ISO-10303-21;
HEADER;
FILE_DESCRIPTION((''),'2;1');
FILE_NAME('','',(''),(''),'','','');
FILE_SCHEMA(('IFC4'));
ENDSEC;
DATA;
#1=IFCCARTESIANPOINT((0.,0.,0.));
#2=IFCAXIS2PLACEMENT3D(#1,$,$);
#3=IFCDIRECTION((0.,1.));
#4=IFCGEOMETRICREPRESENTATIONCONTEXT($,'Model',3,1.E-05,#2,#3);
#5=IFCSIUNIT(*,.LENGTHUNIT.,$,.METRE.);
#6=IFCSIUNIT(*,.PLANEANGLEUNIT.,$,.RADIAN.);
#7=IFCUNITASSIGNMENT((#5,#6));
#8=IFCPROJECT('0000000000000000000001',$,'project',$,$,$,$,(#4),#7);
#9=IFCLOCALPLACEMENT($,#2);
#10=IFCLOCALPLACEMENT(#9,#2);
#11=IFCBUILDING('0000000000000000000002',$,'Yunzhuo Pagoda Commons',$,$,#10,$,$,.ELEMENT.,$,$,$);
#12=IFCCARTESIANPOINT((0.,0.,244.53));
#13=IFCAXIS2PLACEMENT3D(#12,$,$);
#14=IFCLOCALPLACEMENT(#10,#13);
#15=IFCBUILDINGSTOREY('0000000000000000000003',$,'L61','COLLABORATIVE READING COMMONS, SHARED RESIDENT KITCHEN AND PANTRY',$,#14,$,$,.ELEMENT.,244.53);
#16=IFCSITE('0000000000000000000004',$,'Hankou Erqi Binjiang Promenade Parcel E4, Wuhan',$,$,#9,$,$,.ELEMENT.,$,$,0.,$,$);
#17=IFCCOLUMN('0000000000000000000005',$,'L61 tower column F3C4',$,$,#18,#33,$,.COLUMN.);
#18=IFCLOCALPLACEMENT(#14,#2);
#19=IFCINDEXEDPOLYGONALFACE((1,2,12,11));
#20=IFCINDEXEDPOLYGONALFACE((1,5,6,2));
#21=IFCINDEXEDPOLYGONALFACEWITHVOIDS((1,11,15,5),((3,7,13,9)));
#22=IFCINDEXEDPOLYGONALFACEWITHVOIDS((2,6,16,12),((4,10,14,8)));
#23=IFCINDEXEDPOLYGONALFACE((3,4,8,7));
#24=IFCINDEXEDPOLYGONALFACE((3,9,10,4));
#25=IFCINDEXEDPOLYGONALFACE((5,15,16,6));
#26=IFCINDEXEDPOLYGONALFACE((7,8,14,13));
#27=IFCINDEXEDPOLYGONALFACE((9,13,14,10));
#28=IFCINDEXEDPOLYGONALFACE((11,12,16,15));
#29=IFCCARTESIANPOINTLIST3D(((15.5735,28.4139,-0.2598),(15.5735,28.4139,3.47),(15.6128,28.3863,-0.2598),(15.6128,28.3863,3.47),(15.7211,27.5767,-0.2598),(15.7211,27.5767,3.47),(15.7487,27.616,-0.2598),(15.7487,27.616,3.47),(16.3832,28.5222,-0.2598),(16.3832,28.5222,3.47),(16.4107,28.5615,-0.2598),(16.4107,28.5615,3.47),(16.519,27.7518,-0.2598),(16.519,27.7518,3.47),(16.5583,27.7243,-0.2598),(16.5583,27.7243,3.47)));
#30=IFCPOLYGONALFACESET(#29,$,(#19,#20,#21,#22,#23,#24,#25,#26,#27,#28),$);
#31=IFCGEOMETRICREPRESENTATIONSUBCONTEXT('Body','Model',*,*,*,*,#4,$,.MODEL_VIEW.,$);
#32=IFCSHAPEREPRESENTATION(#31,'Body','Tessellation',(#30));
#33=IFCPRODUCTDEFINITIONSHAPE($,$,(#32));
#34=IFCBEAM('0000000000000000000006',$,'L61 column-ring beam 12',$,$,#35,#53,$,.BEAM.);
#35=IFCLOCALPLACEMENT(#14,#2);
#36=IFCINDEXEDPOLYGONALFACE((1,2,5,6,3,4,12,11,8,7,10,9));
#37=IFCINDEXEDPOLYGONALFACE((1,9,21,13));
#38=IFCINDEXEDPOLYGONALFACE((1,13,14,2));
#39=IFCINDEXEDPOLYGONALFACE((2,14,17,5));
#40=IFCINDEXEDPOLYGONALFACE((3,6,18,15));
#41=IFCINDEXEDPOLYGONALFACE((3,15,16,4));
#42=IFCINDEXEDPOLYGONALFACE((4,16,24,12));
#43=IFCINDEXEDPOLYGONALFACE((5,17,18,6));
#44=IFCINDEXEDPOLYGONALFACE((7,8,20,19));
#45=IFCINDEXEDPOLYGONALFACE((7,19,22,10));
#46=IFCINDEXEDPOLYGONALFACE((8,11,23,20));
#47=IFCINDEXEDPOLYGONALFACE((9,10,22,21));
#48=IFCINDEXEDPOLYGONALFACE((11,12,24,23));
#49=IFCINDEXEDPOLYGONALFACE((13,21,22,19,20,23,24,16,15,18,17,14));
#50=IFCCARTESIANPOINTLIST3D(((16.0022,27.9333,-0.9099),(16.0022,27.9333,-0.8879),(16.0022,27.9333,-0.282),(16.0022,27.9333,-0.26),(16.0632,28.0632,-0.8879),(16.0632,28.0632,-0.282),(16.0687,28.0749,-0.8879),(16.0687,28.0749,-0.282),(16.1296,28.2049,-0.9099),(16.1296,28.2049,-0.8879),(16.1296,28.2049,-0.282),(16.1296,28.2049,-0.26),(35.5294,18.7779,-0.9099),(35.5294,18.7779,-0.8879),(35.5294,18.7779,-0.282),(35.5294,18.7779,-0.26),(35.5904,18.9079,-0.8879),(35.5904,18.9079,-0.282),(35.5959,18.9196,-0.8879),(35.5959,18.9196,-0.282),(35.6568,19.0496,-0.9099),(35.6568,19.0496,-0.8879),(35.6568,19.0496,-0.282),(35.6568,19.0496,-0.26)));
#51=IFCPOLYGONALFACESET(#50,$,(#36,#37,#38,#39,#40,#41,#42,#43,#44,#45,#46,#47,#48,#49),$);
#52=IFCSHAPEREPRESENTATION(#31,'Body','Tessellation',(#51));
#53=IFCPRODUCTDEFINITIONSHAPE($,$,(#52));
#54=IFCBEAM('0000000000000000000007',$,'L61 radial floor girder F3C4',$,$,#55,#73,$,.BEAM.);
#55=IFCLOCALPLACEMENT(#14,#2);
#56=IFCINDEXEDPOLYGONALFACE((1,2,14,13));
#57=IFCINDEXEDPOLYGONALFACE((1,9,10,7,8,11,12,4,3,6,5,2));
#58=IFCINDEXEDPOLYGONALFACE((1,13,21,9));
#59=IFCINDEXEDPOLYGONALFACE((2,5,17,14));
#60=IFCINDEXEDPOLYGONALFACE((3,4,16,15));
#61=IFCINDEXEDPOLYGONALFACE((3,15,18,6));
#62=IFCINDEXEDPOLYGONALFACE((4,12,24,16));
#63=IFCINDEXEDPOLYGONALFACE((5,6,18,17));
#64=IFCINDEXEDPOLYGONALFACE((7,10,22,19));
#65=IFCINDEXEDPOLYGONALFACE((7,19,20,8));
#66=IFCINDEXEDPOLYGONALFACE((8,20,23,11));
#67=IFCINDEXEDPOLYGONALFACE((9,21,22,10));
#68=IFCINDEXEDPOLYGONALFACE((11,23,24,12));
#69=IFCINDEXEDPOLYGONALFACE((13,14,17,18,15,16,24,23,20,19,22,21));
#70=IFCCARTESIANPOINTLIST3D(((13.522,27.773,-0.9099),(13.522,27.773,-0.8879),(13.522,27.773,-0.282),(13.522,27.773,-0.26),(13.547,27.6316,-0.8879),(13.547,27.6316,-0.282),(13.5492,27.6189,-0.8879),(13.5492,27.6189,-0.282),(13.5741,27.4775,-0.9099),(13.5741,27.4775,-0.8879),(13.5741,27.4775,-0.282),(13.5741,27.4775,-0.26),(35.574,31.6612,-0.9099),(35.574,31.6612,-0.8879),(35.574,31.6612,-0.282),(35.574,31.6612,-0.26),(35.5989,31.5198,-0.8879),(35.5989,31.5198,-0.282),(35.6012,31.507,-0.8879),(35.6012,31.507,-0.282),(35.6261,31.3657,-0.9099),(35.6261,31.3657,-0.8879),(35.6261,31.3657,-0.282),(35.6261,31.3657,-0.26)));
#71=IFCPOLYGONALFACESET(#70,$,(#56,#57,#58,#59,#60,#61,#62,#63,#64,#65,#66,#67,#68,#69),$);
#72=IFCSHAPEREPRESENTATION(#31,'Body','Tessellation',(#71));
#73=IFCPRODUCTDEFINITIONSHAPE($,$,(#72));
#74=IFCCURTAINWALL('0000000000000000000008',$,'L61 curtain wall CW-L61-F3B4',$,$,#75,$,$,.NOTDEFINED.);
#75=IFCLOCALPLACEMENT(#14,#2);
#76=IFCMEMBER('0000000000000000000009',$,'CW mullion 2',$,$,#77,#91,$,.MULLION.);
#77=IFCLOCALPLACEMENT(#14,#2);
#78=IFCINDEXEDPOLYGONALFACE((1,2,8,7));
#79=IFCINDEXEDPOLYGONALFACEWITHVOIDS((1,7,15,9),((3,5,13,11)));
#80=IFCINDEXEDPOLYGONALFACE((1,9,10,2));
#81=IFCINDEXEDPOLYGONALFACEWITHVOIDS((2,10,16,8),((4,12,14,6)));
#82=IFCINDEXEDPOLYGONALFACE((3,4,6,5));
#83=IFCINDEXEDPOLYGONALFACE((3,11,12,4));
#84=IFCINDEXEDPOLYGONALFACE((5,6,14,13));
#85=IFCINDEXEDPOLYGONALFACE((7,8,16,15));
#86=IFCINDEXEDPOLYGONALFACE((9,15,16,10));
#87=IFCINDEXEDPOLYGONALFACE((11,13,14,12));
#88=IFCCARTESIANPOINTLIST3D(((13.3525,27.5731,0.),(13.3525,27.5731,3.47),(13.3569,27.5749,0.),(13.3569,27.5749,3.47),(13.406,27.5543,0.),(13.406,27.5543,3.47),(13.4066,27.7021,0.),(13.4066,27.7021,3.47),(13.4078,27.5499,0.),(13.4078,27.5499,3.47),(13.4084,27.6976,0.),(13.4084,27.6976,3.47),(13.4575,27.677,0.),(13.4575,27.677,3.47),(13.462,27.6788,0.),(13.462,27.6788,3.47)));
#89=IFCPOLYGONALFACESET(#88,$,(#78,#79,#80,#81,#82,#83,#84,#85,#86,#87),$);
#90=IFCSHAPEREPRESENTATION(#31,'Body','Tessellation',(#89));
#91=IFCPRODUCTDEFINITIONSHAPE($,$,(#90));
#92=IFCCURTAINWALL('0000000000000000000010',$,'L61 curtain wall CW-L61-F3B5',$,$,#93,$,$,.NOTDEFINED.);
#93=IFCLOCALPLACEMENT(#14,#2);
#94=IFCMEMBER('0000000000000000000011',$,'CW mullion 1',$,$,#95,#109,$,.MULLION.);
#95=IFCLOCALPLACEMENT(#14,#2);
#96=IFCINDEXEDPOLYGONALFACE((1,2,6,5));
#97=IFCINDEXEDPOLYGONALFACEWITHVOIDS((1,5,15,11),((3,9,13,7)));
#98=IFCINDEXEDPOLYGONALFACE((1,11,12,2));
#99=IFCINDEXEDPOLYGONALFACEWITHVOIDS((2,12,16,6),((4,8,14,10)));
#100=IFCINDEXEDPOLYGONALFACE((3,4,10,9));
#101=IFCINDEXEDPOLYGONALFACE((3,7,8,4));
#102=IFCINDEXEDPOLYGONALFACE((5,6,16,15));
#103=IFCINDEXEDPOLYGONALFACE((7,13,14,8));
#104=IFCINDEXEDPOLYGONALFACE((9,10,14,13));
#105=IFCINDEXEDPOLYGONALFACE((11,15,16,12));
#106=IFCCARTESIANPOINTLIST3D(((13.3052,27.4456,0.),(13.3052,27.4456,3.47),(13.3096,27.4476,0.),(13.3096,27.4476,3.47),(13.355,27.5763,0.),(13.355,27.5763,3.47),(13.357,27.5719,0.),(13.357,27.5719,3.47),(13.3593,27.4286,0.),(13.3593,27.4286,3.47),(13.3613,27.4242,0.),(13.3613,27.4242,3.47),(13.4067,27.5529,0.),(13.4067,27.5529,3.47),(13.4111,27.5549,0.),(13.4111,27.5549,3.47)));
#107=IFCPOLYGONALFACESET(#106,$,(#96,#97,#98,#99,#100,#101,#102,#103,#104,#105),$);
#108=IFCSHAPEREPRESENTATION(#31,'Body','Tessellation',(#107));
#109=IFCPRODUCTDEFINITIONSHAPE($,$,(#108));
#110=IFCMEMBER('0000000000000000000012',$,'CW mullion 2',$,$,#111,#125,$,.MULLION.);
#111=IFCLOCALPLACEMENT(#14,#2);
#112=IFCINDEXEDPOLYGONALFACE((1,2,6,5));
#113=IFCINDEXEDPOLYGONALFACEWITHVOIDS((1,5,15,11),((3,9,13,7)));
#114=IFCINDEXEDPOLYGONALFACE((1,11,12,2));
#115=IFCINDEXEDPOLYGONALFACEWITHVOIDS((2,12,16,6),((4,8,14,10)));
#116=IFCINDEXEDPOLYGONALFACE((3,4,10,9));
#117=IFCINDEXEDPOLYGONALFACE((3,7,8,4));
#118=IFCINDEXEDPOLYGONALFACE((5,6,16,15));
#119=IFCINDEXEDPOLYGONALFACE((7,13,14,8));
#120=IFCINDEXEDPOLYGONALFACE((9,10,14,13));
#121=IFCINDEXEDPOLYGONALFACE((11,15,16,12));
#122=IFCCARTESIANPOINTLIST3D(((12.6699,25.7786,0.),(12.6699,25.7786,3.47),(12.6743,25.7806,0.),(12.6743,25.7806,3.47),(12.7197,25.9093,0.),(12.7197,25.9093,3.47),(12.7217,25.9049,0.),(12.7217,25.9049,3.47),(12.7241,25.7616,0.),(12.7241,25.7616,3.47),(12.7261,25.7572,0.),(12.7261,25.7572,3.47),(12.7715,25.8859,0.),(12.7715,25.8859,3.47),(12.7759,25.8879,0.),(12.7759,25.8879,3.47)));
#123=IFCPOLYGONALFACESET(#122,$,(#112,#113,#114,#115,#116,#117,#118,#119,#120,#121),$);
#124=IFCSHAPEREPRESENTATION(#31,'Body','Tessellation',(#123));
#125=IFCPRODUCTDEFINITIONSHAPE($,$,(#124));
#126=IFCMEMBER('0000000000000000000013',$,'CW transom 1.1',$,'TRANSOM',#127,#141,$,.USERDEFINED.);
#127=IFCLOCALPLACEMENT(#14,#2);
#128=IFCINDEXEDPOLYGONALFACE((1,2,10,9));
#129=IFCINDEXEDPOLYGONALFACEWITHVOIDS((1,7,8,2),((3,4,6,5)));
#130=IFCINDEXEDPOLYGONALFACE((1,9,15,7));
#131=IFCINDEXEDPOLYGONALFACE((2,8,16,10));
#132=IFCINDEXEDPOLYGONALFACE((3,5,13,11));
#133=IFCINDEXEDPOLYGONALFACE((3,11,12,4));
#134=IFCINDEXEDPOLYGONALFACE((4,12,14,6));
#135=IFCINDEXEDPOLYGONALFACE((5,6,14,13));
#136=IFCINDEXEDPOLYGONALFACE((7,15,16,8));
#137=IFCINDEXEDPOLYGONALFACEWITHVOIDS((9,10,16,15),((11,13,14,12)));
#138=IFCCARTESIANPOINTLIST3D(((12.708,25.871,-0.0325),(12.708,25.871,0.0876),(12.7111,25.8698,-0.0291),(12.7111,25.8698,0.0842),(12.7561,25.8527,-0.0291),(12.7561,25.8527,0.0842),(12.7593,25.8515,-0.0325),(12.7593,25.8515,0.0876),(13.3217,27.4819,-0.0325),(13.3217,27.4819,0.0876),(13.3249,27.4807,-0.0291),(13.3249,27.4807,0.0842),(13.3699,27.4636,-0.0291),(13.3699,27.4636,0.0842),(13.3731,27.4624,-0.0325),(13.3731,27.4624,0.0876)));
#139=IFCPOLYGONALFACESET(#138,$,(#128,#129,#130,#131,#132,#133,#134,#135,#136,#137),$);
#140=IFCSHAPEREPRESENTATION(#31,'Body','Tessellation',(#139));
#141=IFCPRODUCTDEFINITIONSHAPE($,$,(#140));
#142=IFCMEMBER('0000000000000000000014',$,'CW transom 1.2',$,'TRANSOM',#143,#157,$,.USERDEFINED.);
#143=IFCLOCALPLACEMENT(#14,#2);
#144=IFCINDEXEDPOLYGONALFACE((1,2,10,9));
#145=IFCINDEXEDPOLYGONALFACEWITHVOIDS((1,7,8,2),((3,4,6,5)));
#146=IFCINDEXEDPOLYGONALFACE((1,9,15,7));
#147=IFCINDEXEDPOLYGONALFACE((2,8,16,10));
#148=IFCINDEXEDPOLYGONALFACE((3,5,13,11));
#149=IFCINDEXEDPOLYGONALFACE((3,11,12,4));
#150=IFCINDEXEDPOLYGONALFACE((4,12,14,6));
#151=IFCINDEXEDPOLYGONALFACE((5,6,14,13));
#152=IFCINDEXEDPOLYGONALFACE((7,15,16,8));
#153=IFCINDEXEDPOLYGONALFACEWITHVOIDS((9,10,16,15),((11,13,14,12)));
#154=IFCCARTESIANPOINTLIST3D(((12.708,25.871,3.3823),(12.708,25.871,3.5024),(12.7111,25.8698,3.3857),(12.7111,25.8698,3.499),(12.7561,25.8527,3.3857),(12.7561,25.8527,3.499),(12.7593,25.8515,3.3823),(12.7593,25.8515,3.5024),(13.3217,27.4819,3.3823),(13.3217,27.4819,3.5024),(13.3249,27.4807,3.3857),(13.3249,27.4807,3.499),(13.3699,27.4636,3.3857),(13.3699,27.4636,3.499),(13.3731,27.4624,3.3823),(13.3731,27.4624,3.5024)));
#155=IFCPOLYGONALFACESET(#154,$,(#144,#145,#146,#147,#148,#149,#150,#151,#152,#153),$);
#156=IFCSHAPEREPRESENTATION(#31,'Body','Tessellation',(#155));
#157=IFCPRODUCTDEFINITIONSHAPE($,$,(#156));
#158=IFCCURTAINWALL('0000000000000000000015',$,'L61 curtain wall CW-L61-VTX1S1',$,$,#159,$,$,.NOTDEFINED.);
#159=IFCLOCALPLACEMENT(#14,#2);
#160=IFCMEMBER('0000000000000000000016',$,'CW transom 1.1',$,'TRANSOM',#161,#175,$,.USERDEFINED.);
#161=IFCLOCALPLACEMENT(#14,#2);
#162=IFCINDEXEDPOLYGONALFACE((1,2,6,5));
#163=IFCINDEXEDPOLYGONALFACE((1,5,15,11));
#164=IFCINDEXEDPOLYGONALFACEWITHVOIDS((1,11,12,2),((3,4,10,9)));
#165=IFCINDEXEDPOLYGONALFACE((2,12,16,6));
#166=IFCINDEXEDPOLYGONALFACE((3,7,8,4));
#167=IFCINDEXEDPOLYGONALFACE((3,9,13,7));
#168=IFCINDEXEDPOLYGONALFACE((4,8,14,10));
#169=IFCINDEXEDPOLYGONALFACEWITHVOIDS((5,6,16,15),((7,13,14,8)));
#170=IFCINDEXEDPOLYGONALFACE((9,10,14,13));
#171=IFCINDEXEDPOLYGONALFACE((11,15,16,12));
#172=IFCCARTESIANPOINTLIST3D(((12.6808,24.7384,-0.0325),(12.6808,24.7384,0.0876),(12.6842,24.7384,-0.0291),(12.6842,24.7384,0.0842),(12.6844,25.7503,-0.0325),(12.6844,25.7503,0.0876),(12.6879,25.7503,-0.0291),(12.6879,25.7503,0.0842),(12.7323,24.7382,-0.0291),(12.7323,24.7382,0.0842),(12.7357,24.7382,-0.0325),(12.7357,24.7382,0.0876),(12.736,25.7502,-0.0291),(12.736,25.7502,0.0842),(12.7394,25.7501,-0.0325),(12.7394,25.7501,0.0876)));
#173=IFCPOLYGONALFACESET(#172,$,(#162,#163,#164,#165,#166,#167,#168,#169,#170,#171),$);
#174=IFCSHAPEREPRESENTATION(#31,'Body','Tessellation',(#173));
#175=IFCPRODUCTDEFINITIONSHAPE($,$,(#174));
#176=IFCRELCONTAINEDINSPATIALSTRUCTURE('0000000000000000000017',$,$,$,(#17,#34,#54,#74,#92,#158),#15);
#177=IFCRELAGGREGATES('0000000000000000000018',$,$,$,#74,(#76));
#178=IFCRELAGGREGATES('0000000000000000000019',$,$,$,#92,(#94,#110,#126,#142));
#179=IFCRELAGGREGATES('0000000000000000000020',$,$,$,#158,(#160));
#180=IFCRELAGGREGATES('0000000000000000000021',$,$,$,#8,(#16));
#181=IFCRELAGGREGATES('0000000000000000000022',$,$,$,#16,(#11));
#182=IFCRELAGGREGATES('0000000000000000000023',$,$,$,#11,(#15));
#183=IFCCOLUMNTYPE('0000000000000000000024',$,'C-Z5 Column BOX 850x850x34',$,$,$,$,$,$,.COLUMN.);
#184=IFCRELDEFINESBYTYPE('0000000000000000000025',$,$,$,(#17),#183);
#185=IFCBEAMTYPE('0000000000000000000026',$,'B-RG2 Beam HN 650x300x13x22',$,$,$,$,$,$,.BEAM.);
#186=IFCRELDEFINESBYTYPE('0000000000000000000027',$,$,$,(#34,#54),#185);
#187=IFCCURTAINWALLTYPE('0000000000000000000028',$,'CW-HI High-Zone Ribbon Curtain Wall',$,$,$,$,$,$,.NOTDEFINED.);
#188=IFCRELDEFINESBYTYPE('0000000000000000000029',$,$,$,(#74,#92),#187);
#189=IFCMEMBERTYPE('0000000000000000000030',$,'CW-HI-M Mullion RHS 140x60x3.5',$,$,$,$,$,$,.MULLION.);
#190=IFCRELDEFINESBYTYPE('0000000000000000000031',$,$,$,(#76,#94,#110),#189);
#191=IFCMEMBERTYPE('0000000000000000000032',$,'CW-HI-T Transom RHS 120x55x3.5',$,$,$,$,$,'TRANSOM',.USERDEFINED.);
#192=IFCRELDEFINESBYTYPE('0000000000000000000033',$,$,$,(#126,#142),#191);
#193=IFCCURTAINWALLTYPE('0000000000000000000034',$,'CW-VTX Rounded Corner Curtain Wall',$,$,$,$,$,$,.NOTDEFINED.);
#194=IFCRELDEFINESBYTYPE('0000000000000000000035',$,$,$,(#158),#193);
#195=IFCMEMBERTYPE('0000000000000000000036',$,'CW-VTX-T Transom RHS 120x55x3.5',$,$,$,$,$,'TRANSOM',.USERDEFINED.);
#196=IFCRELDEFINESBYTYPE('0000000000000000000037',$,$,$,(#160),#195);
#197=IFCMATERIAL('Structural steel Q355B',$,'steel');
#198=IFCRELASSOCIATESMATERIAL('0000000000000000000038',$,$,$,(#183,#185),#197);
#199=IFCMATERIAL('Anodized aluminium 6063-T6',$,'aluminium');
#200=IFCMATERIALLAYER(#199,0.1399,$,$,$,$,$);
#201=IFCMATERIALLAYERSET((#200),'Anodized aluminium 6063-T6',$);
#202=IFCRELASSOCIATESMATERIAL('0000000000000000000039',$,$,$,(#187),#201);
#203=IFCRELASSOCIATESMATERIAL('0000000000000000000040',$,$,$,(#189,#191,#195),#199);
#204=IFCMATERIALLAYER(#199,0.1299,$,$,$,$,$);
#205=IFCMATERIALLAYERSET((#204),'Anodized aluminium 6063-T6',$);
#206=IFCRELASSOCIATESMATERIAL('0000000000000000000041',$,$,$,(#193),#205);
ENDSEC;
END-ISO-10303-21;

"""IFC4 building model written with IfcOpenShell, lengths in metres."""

from ifc_helpers import new_model, si_unit, direction, frame, origin, origin_2d, place, context, subcontext, project, spatial, hollow_rectangle, i_section, extrude, source, transform, mapped, material, layer, layer_set, material_profile, profile_set, type_object, element, aggregate, save


model = new_model("IFC4")

# Units and contexts
model_context = context("Model", 3, precision=1e-05, world=origin(), true_north=direction((0.0, 1.0)))
body_context = subcontext(model_context, "Body", "Model", "MODEL_VIEW")
ifc_project = project(units=[si_unit("LENGTHUNIT", "METRE"), si_unit("PLANEANGLEUNIT", "RADIAN")], contexts=[model_context])

# Site, building, storey
site_placement = place(None, origin())
site = spatial("IfcSite", under=ifc_project, at=site_placement, Name="Hankou Erqi Binjiang Promenade Parcel E4, Wuhan", CompositionType="ELEMENT", RefElevation=0.0)
building_placement = place(site_placement, origin())
building = spatial("IfcBuilding", under=site, at=building_placement, Name="Yunzhuo Pagoda Commons", CompositionType="ELEMENT")
storey_placement = place(building_placement, frame((0.0, 0.0, 244.53)))
storey = spatial("IfcBuildingStorey", under=building, at=storey_placement, Name="L61", Description="COLLABORATIVE READING COMMONS, SHARED RESIDENT KITCHEN AND PANTRY", CompositionType="ELEMENT", Elevation=244.53)

# Column
ifc_material_1 = material(Name="Structural steel Q355B", Category="steel")
ifc_material_profile_1 = material_profile(ifc_material_1, hollow_rectangle(XDim=0.8501, YDim=0.8501, WallThickness=0.0339, at=origin_2d()), Name="Structural steel Q355B")
ifc_profile_set_1 = profile_set([ifc_material_profile_1], Name="Structural steel Q355B")
column_type = type_object("IfcColumnType", Name="C-Z5 Column BOX 850x850x34", PredefinedType="COLUMN", material=ifc_profile_set_1)
shared_shape_1 = source(origin(), body_context, "Body", "SweptSolid", [
    extrude(hollow_rectangle(XDim=0.8501, YDim=0.8501, WallThickness=0.0339, at=origin_2d()), origin(), (0.0, 0.0, 1.0), 3.7297),
])
column_placement = place(storey_placement, frame((16.0659, 28.0691, -0.2598), z_axis=(0.0, 0.0, 1.0), x_axis=(0.173648, -0.984808, 0.0)))
element("IfcColumn", 1, at=column_placement, inside=storey, type_object=column_type, Name="L61 tower column F3C4", PredefinedType="COLUMN", context=body_context, shape_type="MappedRepresentation", body=[
    mapped(shared_shape_1, transform((0.0, 0.0, 0.0), scale=1.0)),
])

# Beams
ifc_material_profile_2 = material_profile(ifc_material_1, i_section(OverallWidth=0.3, OverallDepth=0.6499, WebThickness=0.0129, FlangeThickness=0.022, at=origin_2d()), Name="Structural steel Q355B")
ifc_profile_set_2 = profile_set([ifc_material_profile_2], Name="Structural steel Q355B")
beam_type = type_object("IfcBeamType", Name="B-RG2 Beam HN 650x300x13x22", PredefinedType="BEAM", material=ifc_profile_set_2)
shared_shape_2 = source(origin(), body_context, "Body", "SweptSolid", [
    extrude(i_section(OverallWidth=0.3, OverallDepth=0.6499, WebThickness=0.0129, FlangeThickness=0.022, at=origin_2d()), origin(), (0.0, 0.0, 1.0), 21.5669),
])
beam_1_placement = place(storey_placement, frame((16.0659, 28.0691, -0.585), z_axis=(0.905424, -0.424508, 0.0), x_axis=(0.424508, 0.905424, 0.0)))
element("IfcBeam", 2, at=beam_1_placement, inside=storey, type_object=beam_type, Name="L61 column-ring beam 12", PredefinedType="BEAM", context=body_context, shape_type="MappedRepresentation", body=[
    mapped(shared_shape_2, transform((0.0, 0.0, 0.0), scale=1.0)),
])
shared_shape_3 = source(origin(), body_context, "Body", "SweptSolid", [
    extrude(i_section(OverallWidth=0.3, OverallDepth=0.6499, WebThickness=0.0129, FlangeThickness=0.022, at=origin_2d()), origin(), (0.0, 0.0, 1.0), 22.3921),
])
beam_2_placement = place(storey_placement, frame((13.5481, 27.6252, -0.585), z_axis=(0.984809, 0.17364, 0.0), x_axis=(-0.17364, 0.984809, 0.0)))
element("IfcBeam", 3, at=beam_2_placement, inside=storey, type_object=beam_type, Name="L61 radial floor girder F3C4", PredefinedType="BEAM", context=body_context, shape_type="MappedRepresentation", body=[
    mapped(shared_shape_3, transform((0.0, 0.0, 0.0), scale=1.0)),
])

# Curtain wall, member
ifc_material_2 = material(Name="Anodized aluminium 6063-T6", Category="aluminium")
ifc_layer_1 = layer(ifc_material_2, 0.1399)
ifc_layer_set_1 = layer_set([ifc_layer_1], Name="Anodized aluminium 6063-T6")
curtain_wall_type_1 = type_object("IfcCurtainWallType", Name="CW-HI High-Zone Ribbon Curtain Wall", PredefinedType="NOTDEFINED", material=ifc_layer_set_1)
curtain_wall_1_placement = place(storey_placement, origin())
curtain_wall_1 = element("IfcCurtainWall", 4, at=curtain_wall_1_placement, inside=storey, type_object=curtain_wall_type_1, Name="L61 curtain wall CW-L61-F3B4", PredefinedType="NOTDEFINED")
ifc_material_profile_3 = material_profile(ifc_material_2, hollow_rectangle(XDim=0.0601, YDim=0.1399, WallThickness=0.0034, at=origin_2d()), Name="Anodized aluminium 6063-T6")
ifc_profile_set_3 = profile_set([ifc_material_profile_3], Name="Anodized aluminium 6063-T6")
member_type_1 = type_object("IfcMemberType", Name="CW-HI-M Mullion RHS 140x60x3.5", PredefinedType="MULLION", material=ifc_profile_set_3)
shared_shape_4 = source(origin(), body_context, "Body", "SweptSolid", [
    extrude(hollow_rectangle(XDim=0.0601, YDim=0.1399, WallThickness=0.0034, at=origin_2d()), origin(), (0.0, 0.0, 1.0), 3.47),
])
member_1_placement = place(storey_placement, frame((13.4072, 27.626, 0.0), z_axis=(0.0, 0.0, 1.0), x_axis=(0.922008, -0.38717, 0.0)))
member_1 = element("IfcMember", 5, at=member_1_placement, type_object=member_type_1, Name="CW mullion 2", PredefinedType="MULLION", context=body_context, shape_type="MappedRepresentation", body=[
    mapped(shared_shape_4, transform((0.0, 0.0, 0.0), scale=1.0)),
])
aggregate(curtain_wall_1, [member_1])

# Curtain walls, members
curtain_wall_2_placement = place(storey_placement, origin())
curtain_wall_2 = element("IfcCurtainWall", 6, at=curtain_wall_2_placement, inside=storey, type_object=curtain_wall_type_1, Name="L61 curtain wall CW-L61-F3B5", PredefinedType="NOTDEFINED")
member_2_placement = place(storey_placement, frame((13.3582, 27.5002, 0.0), z_axis=(0.0, 0.0, 1.0), x_axis=(0.934441, -0.356117, 0.0)))
member_2 = element("IfcMember", 7, at=member_2_placement, type_object=member_type_1, Name="CW mullion 1", PredefinedType="MULLION", context=body_context, shape_type="MappedRepresentation", body=[
    mapped(shared_shape_4, transform((0.0, 0.0, 0.0), scale=1.0)),
])
member_3_placement = place(storey_placement, frame((12.7229, 25.8333, 0.0), z_axis=(0.0, 0.0, 1.0), x_axis=(0.934441, -0.356117, 0.0)))
member_3 = element("IfcMember", 8, at=member_3_placement, type_object=member_type_1, Name="CW mullion 2", PredefinedType="MULLION", context=body_context, shape_type="MappedRepresentation", body=[
    mapped(shared_shape_4, transform((0.0, 0.0, 0.0), scale=1.0)),
])
ifc_material_profile_4 = material_profile(ifc_material_2, hollow_rectangle(XDim=0.0549, YDim=0.1201, WallThickness=0.0034, at=origin_2d()), Name="Anodized aluminium 6063-T6")
ifc_profile_set_4 = profile_set([ifc_material_profile_4], Name="Anodized aluminium 6063-T6")
member_type_2 = type_object("IfcMemberType", Name="CW-HI-T Transom RHS 120x55x3.5", ElementType="TRANSOM", PredefinedType="USERDEFINED", material=ifc_profile_set_4)
shared_shape_5 = source(origin(), body_context, "Body", "SweptSolid", [
    extrude(hollow_rectangle(XDim=0.0549, YDim=0.1201, WallThickness=0.0034, at=origin_2d()), origin(), (0.0, 0.0, 1.0), 1.7239),
])
member_4_placement = place(storey_placement, frame((13.3474, 27.4722, 0.0276), z_axis=(-0.356054, -0.934465, 0.0), x_axis=(0.934465, -0.356054, 0.0)))
member_4 = element("IfcMember", 9, at=member_4_placement, type_object=member_type_2, Name="CW transom 1.1", ObjectType="TRANSOM", PredefinedType="USERDEFINED", context=body_context, shape_type="MappedRepresentation", body=[
    mapped(shared_shape_5, transform((0.0, 0.0, 0.0), scale=1.0)),
])
member_5_placement = place(storey_placement, frame((13.3474, 27.4722, 3.4424), z_axis=(-0.356054, -0.934465, 0.0), x_axis=(0.934465, -0.356054, 0.0)))
member_5 = element("IfcMember", 10, at=member_5_placement, type_object=member_type_2, Name="CW transom 1.2", ObjectType="TRANSOM", PredefinedType="USERDEFINED", context=body_context, shape_type="MappedRepresentation", body=[
    mapped(shared_shape_5, transform((0.0, 0.0, 0.0), scale=1.0)),
])
ifc_layer_2 = layer(ifc_material_2, 0.1299)
ifc_layer_set_2 = layer_set([ifc_layer_2], Name="Anodized aluminium 6063-T6")
curtain_wall_type_2 = type_object("IfcCurtainWallType", Name="CW-VTX Rounded Corner Curtain Wall", PredefinedType="NOTDEFINED", material=ifc_layer_set_2)
curtain_wall_3_placement = place(storey_placement, origin())
curtain_wall_3 = element("IfcCurtainWall", 11, at=curtain_wall_3_placement, inside=storey, type_object=curtain_wall_type_2, Name="L61 curtain wall CW-L61-VTX1S1", PredefinedType="NOTDEFINED")
ifc_material_profile_5 = material_profile(ifc_material_2, hollow_rectangle(XDim=0.0549, YDim=0.1201, WallThickness=0.0034, at=origin_2d()), Name="Anodized aluminium 6063-T6")
ifc_profile_set_5 = profile_set([ifc_material_profile_5], Name="Anodized aluminium 6063-T6")
member_type_3 = type_object("IfcMemberType", Name="CW-VTX-T Transom RHS 120x55x3.5", ElementType="TRANSOM", PredefinedType="USERDEFINED", material=ifc_profile_set_5)
shared_shape_6 = source(origin(), body_context, "Body", "SweptSolid", [
    extrude(hollow_rectangle(XDim=0.0549, YDim=0.1201, WallThickness=0.0034, at=origin_2d()), origin(), (0.0, 0.0, 1.0), 1.012),
])
member_6_placement = place(storey_placement, frame((12.7119, 25.7502, 0.0276), z_axis=(-0.003619, -0.999993, 0.0), x_axis=(0.999993, -0.003619, 0.0)))
member_6 = element("IfcMember", 12, at=member_6_placement, type_object=member_type_3, Name="CW transom 1.1", ObjectType="TRANSOM", PredefinedType="USERDEFINED", context=body_context, shape_type="MappedRepresentation", body=[
    mapped(shared_shape_6, transform((0.0, 0.0, 0.0), scale=1.0)),
])

aggregate(curtain_wall_2, [member_2, member_3, member_4, member_5])
aggregate(curtain_wall_3, [member_6])

save(model, "model.ifc")
